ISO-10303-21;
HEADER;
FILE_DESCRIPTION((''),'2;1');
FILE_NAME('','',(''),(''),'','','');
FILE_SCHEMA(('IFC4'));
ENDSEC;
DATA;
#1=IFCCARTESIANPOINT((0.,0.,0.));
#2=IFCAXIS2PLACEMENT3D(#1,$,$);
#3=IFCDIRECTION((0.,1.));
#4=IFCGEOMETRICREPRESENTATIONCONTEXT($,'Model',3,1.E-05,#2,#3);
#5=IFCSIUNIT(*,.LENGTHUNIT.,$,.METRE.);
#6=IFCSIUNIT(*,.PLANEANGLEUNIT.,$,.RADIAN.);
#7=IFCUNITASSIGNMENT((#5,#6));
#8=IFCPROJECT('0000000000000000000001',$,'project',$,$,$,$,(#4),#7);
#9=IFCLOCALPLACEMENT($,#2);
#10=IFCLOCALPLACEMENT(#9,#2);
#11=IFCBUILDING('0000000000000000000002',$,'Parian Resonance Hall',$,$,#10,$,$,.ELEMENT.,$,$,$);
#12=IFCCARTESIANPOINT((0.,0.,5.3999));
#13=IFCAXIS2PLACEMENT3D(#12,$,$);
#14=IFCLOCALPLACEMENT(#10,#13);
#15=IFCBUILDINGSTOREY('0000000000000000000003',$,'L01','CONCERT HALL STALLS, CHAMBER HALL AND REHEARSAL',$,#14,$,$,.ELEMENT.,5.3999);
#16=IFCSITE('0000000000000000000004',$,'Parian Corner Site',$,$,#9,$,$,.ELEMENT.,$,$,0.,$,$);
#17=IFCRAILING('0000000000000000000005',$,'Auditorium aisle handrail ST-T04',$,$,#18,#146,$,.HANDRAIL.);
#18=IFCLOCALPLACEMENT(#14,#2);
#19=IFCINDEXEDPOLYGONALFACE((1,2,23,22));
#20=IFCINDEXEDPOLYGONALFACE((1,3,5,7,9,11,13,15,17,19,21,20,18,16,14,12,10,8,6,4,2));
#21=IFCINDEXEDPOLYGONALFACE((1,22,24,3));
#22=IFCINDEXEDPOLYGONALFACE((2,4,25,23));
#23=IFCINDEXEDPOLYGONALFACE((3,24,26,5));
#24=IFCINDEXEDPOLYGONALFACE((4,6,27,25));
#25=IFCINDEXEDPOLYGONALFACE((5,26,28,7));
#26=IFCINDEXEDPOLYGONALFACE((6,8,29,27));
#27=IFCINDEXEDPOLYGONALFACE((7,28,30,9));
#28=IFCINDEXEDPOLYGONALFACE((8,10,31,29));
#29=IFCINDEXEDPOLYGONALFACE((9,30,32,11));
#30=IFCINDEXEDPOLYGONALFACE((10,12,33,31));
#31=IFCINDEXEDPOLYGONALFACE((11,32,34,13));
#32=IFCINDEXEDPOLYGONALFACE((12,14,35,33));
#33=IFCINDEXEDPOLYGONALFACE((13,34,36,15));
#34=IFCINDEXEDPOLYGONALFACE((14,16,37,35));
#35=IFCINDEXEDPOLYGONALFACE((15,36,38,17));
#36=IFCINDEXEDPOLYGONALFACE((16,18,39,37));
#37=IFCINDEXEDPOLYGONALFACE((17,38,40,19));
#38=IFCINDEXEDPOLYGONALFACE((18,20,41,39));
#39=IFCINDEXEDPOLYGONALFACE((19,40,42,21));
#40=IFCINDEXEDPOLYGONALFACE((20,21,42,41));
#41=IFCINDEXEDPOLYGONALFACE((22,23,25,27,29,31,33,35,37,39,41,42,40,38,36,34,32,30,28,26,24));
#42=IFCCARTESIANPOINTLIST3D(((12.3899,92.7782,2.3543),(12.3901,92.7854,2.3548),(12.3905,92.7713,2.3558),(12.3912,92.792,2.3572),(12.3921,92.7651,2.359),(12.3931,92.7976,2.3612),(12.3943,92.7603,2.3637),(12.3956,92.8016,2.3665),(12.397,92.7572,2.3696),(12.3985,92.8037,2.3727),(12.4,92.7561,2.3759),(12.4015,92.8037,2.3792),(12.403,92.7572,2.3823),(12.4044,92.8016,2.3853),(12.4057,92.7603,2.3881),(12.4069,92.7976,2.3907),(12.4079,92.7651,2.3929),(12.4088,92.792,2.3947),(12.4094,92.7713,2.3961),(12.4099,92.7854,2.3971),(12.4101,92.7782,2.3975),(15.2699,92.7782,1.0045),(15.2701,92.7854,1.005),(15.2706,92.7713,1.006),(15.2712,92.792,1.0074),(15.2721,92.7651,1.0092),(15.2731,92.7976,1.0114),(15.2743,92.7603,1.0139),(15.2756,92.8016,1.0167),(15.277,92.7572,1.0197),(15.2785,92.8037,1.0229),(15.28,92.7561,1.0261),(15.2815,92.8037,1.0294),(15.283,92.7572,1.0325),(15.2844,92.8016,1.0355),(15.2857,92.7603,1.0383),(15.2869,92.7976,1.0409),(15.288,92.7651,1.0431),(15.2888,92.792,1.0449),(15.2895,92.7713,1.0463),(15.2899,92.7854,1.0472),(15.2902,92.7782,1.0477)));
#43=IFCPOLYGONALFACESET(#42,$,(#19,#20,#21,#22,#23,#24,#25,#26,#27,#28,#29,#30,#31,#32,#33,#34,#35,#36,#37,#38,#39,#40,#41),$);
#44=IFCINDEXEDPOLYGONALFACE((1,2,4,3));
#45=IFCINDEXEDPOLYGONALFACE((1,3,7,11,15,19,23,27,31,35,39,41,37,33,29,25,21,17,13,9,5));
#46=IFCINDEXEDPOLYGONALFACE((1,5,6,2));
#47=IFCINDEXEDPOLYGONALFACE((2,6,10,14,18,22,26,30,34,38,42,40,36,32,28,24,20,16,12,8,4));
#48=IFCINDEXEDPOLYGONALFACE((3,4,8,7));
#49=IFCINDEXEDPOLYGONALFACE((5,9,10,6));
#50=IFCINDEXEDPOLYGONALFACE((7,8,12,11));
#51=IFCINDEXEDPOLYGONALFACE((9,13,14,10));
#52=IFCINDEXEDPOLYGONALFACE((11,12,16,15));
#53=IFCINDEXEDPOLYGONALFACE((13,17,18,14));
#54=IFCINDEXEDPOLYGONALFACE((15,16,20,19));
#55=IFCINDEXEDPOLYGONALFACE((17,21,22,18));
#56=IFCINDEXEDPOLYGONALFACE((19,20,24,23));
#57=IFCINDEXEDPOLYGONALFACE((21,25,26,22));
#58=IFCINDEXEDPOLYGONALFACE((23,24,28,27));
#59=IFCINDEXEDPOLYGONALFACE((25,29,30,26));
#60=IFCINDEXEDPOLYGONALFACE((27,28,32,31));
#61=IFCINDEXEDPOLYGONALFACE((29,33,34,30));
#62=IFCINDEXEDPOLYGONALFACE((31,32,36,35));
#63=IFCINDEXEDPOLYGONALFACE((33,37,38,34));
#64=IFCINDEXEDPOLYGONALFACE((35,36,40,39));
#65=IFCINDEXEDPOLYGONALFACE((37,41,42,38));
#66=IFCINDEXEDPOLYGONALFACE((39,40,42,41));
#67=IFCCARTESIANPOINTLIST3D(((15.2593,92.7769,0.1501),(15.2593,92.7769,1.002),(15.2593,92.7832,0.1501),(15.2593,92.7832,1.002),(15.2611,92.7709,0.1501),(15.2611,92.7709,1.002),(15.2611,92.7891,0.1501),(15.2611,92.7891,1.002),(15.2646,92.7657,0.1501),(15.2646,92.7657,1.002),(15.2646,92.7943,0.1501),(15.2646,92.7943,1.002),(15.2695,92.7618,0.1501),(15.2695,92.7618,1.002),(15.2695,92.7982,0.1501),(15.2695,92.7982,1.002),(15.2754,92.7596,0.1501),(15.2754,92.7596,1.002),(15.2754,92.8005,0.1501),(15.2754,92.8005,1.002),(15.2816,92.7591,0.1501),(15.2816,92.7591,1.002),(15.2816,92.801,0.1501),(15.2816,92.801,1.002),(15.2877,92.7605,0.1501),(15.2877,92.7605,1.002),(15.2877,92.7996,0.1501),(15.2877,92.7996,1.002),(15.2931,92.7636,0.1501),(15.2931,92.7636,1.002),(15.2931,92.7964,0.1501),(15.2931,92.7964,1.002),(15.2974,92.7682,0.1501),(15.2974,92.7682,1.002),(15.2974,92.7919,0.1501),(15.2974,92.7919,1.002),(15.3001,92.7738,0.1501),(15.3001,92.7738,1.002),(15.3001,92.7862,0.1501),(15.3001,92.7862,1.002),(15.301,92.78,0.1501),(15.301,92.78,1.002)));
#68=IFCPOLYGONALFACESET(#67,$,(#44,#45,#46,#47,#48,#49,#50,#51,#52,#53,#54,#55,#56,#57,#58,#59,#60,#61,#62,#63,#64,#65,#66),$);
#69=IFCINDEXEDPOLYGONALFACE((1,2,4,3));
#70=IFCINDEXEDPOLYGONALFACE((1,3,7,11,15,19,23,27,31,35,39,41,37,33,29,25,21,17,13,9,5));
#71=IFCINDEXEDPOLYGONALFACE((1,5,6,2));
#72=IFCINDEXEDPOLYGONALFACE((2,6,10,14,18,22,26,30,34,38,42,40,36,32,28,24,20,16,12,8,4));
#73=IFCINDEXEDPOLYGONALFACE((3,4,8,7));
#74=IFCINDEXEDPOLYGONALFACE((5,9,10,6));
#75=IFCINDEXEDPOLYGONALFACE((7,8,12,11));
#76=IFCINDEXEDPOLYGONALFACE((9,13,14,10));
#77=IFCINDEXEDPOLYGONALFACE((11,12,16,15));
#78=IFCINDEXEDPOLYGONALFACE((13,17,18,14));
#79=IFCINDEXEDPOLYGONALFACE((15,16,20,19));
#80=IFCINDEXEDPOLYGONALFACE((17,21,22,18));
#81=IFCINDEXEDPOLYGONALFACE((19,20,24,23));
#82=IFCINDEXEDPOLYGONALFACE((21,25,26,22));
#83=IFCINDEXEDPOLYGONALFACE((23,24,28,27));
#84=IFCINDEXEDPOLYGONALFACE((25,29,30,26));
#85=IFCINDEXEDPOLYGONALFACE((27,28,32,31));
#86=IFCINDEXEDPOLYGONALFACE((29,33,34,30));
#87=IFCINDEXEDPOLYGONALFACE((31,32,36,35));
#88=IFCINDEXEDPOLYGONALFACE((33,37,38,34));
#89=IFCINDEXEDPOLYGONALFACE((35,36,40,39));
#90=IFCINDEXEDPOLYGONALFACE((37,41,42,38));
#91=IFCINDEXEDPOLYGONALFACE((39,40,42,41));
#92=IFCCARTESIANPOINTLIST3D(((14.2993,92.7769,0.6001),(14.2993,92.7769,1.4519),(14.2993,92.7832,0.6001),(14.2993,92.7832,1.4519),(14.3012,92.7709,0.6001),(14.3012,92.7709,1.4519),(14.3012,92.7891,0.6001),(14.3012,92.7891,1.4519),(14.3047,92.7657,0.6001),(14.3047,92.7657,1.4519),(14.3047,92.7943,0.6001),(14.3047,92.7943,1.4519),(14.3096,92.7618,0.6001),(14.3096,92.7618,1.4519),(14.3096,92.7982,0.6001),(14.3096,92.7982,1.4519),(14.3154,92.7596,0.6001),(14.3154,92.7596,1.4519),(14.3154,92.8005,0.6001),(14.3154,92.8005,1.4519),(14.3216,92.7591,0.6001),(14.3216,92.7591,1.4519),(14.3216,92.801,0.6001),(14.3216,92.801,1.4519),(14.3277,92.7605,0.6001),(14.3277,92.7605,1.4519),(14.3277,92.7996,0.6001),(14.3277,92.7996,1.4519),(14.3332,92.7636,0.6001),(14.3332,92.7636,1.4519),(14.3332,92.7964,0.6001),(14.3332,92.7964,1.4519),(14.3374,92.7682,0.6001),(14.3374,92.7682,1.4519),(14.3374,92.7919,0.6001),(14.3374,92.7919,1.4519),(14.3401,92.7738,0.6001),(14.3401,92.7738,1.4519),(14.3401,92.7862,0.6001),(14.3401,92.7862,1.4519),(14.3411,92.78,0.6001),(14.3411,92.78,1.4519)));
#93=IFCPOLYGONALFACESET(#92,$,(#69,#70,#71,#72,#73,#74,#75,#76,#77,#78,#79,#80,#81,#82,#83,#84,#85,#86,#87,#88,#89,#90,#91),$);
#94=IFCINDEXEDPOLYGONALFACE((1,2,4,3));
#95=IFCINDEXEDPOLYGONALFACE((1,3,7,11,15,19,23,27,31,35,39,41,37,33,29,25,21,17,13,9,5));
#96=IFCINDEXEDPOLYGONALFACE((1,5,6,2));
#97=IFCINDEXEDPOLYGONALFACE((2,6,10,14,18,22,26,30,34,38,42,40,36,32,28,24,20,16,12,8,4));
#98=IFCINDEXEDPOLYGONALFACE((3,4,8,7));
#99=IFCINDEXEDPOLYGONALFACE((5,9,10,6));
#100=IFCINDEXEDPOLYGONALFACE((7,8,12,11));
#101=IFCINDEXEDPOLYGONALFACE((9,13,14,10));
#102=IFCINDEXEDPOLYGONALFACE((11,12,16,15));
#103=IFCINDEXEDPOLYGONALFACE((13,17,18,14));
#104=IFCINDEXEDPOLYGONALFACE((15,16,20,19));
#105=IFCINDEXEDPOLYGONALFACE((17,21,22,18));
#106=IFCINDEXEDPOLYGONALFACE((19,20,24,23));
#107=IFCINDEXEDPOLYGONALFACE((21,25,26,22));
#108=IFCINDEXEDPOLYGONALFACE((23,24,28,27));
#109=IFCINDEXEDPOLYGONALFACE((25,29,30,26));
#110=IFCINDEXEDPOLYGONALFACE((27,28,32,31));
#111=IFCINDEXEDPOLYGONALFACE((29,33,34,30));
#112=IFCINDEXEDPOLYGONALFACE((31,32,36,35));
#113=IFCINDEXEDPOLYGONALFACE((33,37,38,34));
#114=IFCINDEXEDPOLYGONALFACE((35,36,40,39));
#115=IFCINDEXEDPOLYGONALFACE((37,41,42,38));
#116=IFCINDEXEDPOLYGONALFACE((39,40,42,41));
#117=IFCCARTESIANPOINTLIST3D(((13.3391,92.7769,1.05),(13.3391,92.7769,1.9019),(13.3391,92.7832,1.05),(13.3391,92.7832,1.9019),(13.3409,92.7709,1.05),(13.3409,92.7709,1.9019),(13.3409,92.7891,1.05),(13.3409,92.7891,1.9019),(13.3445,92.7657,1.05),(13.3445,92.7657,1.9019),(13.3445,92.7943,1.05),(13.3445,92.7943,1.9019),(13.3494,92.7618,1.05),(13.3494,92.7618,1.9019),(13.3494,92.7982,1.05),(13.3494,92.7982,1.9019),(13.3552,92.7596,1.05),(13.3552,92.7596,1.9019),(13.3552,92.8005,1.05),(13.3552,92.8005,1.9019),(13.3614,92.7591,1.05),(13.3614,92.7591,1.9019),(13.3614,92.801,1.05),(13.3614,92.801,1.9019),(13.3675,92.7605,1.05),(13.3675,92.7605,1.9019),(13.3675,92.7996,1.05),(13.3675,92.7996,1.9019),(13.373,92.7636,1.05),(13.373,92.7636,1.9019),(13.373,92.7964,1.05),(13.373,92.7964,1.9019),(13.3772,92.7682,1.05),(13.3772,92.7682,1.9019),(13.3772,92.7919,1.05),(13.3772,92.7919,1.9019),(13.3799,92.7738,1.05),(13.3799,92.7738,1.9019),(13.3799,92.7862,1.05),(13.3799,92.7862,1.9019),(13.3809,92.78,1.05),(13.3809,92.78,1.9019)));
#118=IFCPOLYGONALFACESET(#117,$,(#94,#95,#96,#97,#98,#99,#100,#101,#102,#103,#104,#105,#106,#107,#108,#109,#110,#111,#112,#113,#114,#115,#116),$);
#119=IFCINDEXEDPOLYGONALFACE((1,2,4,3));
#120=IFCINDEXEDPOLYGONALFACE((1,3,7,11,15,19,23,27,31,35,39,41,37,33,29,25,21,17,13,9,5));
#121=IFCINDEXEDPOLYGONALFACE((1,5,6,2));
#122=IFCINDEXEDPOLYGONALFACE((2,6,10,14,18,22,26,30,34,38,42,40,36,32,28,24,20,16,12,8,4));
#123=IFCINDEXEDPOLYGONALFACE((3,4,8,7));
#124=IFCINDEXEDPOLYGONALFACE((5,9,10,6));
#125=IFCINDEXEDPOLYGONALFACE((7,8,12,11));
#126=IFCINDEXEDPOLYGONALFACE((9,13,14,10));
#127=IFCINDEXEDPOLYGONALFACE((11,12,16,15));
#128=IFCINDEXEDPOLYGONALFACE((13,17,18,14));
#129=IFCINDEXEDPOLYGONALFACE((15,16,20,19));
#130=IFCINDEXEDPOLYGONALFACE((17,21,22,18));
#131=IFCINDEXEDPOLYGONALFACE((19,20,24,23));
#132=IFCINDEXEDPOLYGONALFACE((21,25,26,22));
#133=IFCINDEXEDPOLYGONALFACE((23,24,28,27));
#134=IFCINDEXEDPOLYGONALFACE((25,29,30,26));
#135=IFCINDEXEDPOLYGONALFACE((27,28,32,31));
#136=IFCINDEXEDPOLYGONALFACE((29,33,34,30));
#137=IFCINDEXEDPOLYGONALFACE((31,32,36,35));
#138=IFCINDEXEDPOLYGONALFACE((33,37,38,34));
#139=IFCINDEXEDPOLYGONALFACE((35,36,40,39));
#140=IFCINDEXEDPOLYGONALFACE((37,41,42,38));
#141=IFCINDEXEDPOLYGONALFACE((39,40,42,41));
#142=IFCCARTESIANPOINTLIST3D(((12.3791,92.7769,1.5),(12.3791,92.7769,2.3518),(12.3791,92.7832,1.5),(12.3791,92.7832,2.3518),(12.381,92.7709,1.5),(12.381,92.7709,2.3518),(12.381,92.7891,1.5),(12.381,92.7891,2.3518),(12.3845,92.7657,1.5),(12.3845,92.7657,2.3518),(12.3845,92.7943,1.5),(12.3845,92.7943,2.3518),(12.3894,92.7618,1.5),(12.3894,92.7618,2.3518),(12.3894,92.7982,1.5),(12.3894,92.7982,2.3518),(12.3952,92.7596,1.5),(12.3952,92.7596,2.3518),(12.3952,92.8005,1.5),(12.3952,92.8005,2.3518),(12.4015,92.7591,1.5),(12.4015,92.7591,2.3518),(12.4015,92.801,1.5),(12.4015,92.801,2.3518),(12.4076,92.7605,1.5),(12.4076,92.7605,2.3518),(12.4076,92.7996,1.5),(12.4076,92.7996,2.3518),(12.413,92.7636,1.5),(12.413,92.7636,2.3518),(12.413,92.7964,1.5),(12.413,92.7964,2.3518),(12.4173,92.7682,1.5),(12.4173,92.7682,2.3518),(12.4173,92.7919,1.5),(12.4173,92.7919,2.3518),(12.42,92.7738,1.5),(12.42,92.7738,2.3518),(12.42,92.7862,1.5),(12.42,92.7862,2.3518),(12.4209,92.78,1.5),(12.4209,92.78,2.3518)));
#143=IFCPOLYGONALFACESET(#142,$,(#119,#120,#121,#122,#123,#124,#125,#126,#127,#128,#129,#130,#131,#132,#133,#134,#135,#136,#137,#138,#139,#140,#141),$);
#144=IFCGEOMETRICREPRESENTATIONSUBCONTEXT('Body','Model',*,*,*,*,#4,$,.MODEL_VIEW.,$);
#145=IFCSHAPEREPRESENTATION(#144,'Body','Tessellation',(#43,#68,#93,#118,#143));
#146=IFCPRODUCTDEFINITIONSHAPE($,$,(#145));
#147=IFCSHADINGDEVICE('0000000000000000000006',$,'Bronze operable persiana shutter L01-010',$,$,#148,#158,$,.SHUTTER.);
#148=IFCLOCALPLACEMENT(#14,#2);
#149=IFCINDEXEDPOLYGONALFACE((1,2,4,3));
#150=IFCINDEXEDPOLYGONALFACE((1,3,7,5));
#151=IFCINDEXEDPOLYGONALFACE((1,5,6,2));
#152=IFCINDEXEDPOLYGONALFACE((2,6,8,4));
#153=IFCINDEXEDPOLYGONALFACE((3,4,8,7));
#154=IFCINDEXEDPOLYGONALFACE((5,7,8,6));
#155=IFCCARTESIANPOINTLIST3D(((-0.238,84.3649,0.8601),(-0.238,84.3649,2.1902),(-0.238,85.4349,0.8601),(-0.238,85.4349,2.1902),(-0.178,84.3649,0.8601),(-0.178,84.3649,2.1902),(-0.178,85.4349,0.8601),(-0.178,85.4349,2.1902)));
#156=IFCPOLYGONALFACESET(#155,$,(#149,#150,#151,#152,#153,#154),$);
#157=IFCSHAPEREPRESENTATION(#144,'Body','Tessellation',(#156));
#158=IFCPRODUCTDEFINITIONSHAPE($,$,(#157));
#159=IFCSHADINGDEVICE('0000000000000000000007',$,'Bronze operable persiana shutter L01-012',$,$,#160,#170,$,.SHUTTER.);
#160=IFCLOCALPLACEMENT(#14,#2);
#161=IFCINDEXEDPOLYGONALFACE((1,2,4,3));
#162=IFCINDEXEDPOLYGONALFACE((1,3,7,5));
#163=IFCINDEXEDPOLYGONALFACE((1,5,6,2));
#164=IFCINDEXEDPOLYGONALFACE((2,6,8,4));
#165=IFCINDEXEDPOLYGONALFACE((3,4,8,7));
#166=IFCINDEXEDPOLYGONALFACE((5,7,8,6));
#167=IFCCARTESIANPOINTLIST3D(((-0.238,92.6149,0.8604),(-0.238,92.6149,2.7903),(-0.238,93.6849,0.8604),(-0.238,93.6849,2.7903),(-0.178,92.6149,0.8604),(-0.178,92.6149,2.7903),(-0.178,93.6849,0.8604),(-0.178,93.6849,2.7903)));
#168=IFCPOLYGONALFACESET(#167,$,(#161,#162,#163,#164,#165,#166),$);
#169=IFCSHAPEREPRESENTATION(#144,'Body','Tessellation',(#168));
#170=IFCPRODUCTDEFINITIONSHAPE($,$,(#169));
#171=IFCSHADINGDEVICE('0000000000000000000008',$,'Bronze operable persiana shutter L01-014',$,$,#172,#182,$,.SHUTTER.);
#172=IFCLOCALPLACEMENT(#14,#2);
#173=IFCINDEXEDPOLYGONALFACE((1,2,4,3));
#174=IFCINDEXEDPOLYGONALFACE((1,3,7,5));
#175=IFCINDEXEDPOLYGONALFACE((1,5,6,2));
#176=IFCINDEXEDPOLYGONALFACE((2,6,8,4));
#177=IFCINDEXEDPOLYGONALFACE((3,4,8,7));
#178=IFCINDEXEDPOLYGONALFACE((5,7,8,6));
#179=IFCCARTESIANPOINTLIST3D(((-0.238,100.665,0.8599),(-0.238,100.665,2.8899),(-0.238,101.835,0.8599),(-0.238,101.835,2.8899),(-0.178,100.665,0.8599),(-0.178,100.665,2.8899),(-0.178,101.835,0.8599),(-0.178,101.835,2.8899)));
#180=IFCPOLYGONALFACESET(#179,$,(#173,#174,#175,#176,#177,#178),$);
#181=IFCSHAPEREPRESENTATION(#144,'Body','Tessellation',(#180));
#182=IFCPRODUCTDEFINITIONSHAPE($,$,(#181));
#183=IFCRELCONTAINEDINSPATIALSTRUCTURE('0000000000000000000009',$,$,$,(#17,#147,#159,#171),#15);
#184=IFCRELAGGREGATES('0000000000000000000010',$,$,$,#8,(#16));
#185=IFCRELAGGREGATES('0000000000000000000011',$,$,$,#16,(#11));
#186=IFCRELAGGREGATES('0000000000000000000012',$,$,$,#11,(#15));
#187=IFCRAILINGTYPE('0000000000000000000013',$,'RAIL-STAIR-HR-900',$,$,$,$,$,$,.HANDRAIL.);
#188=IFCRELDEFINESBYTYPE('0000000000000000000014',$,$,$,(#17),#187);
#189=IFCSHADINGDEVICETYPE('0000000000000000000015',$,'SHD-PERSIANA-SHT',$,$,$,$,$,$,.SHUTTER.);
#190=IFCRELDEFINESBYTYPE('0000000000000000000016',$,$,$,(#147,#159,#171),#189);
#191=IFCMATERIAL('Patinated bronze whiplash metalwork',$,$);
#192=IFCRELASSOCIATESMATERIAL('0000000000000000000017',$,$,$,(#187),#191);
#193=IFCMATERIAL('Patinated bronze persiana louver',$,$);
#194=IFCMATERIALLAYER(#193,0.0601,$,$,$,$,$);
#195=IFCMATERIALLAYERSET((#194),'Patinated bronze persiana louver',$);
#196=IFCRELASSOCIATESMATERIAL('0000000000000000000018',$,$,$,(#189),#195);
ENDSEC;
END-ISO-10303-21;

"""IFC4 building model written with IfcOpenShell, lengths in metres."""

from ifc_helpers import new_model, si_unit, direction, frame, origin, origin_2d, place, context, subcontext, project, spatial, rectangle, circle, extrude, material, layer, layer_set, type_object, element, save


model = new_model("IFC4")

# Units and contexts
model_context = context("Model", 3, precision=1e-05, world=origin(), true_north=direction((0.0, 1.0)))
body_context = subcontext(model_context, "Body", "Model", "MODEL_VIEW")
ifc_project = project(units=[si_unit("LENGTHUNIT", "METRE"), si_unit("PLANEANGLEUNIT", "RADIAN")], contexts=[model_context])

# Site, building, storey
site_placement = place(None, origin())
site = spatial("IfcSite", under=ifc_project, at=site_placement, Name="Parian Corner Site", CompositionType="ELEMENT", RefElevation=0.0)
building_placement = place(site_placement, origin())
building = spatial("IfcBuilding", under=site, at=building_placement, Name="Parian Resonance Hall", CompositionType="ELEMENT")
storey_placement = place(building_placement, frame((0.0, 0.0, 5.3999)))
storey = spatial("IfcBuildingStorey", under=building, at=storey_placement, Name="L01", Description="CONCERT HALL STALLS, CHAMBER HALL AND REHEARSAL", CompositionType="ELEMENT", Elevation=5.3999)

# Railing
ifc_material_1 = material(Name="Patinated bronze whiplash metalwork")
railing_type_1 = type_object("IfcRailingType", Name="RAIL-STAIR-HR-900", PredefinedType="HANDRAIL", material=ifc_material_1)
railing_1_placement = place(storey_placement, frame((15.28, 92.78, 0.1501)))
element("IfcRailing", 1, at=railing_1_placement, inside=storey, type_object=railing_type_1, Name="Auditorium aisle handrail ST-T04", PredefinedType="HANDRAIL", context=body_context, shape_type="SweptSolid", body=[
    extrude(circle(Radius=0.0239, at=origin_2d()), frame((0.0, 0.0, 0.876), z_axis=(-0.905484, 0.0, 0.424381), x_axis=(0.0, -1.0, 0.0)), (0.0, 0.0, 1.0), 3.1807),
    extrude(circle(Radius=0.021, at=origin_2d()), origin(), (0.0, 0.0, 1.0), 0.8518),
    extrude(circle(Radius=0.021, at=origin_2d()), frame((-0.96, 0.0, 0.45)), (0.0, 0.0, 1.0), 0.8518),
    extrude(circle(Radius=0.021, at=origin_2d()), frame((-1.9202, 0.0, 0.8999)), (0.0, 0.0, 1.0), 0.8518),
    extrude(circle(Radius=0.021, at=origin_2d()), frame((-2.8801, 0.0, 1.3499)), (0.0, 0.0, 1.0), 0.8518),
])

# Shading devices
ifc_material_2 = material(Name="Patinated bronze persiana louver")
ifc_layer_1 = layer(ifc_material_2, 0.0601)
ifc_layer_set_1 = layer_set([ifc_layer_1], Name="Patinated bronze persiana louver")
shading_device_type = type_object("IfcShadingDeviceType", Name="SHD-PERSIANA-SHT", PredefinedType="SHUTTER", material=ifc_layer_set_1)
shading_device_1_placement = place(storey_placement, frame((-0.208, 84.8999, 0.8601), z_axis=(0.0, 0.0, 1.0), x_axis=(0.0, 1.0, 0.0)))
element("IfcShadingDevice", 2, at=shading_device_1_placement, inside=storey, type_object=shading_device_type, Name="Bronze operable persiana shutter L01-010", PredefinedType="SHUTTER", context=body_context, shape_type="SweptSolid", body=[
    extrude(rectangle(XDim=1.0701, YDim=0.0601, at=origin_2d()), origin(), (0.0, 0.0, 1.0), 1.3301),
])
shading_device_2_placement = place(storey_placement, frame((-0.208, 93.1499, 0.8604), z_axis=(0.0, 0.0, 1.0), x_axis=(0.0, 1.0, 0.0)))
element("IfcShadingDevice", 3, at=shading_device_2_placement, inside=storey, type_object=shading_device_type, Name="Bronze operable persiana shutter L01-012", PredefinedType="SHUTTER", context=body_context, shape_type="SweptSolid", body=[
    extrude(rectangle(XDim=1.0701, YDim=0.0601, at=origin_2d()), origin(), (0.0, 0.0, 1.0), 1.9299),
])
shading_device_3_placement = place(storey_placement, frame((-0.208, 101.25, 0.8599), z_axis=(0.0, 0.0, 1.0), x_axis=(0.0, 1.0, 0.0)))
element("IfcShadingDevice", 4, at=shading_device_3_placement, inside=storey, type_object=shading_device_type, Name="Bronze operable persiana shutter L01-014", PredefinedType="SHUTTER", context=body_context, shape_type="SweptSolid", body=[
    extrude(rectangle(XDim=1.1699, YDim=0.0601, at=origin_2d()), origin(), (0.0, 0.0, 1.0), 2.03),
])

save(model, "model.ifc")
